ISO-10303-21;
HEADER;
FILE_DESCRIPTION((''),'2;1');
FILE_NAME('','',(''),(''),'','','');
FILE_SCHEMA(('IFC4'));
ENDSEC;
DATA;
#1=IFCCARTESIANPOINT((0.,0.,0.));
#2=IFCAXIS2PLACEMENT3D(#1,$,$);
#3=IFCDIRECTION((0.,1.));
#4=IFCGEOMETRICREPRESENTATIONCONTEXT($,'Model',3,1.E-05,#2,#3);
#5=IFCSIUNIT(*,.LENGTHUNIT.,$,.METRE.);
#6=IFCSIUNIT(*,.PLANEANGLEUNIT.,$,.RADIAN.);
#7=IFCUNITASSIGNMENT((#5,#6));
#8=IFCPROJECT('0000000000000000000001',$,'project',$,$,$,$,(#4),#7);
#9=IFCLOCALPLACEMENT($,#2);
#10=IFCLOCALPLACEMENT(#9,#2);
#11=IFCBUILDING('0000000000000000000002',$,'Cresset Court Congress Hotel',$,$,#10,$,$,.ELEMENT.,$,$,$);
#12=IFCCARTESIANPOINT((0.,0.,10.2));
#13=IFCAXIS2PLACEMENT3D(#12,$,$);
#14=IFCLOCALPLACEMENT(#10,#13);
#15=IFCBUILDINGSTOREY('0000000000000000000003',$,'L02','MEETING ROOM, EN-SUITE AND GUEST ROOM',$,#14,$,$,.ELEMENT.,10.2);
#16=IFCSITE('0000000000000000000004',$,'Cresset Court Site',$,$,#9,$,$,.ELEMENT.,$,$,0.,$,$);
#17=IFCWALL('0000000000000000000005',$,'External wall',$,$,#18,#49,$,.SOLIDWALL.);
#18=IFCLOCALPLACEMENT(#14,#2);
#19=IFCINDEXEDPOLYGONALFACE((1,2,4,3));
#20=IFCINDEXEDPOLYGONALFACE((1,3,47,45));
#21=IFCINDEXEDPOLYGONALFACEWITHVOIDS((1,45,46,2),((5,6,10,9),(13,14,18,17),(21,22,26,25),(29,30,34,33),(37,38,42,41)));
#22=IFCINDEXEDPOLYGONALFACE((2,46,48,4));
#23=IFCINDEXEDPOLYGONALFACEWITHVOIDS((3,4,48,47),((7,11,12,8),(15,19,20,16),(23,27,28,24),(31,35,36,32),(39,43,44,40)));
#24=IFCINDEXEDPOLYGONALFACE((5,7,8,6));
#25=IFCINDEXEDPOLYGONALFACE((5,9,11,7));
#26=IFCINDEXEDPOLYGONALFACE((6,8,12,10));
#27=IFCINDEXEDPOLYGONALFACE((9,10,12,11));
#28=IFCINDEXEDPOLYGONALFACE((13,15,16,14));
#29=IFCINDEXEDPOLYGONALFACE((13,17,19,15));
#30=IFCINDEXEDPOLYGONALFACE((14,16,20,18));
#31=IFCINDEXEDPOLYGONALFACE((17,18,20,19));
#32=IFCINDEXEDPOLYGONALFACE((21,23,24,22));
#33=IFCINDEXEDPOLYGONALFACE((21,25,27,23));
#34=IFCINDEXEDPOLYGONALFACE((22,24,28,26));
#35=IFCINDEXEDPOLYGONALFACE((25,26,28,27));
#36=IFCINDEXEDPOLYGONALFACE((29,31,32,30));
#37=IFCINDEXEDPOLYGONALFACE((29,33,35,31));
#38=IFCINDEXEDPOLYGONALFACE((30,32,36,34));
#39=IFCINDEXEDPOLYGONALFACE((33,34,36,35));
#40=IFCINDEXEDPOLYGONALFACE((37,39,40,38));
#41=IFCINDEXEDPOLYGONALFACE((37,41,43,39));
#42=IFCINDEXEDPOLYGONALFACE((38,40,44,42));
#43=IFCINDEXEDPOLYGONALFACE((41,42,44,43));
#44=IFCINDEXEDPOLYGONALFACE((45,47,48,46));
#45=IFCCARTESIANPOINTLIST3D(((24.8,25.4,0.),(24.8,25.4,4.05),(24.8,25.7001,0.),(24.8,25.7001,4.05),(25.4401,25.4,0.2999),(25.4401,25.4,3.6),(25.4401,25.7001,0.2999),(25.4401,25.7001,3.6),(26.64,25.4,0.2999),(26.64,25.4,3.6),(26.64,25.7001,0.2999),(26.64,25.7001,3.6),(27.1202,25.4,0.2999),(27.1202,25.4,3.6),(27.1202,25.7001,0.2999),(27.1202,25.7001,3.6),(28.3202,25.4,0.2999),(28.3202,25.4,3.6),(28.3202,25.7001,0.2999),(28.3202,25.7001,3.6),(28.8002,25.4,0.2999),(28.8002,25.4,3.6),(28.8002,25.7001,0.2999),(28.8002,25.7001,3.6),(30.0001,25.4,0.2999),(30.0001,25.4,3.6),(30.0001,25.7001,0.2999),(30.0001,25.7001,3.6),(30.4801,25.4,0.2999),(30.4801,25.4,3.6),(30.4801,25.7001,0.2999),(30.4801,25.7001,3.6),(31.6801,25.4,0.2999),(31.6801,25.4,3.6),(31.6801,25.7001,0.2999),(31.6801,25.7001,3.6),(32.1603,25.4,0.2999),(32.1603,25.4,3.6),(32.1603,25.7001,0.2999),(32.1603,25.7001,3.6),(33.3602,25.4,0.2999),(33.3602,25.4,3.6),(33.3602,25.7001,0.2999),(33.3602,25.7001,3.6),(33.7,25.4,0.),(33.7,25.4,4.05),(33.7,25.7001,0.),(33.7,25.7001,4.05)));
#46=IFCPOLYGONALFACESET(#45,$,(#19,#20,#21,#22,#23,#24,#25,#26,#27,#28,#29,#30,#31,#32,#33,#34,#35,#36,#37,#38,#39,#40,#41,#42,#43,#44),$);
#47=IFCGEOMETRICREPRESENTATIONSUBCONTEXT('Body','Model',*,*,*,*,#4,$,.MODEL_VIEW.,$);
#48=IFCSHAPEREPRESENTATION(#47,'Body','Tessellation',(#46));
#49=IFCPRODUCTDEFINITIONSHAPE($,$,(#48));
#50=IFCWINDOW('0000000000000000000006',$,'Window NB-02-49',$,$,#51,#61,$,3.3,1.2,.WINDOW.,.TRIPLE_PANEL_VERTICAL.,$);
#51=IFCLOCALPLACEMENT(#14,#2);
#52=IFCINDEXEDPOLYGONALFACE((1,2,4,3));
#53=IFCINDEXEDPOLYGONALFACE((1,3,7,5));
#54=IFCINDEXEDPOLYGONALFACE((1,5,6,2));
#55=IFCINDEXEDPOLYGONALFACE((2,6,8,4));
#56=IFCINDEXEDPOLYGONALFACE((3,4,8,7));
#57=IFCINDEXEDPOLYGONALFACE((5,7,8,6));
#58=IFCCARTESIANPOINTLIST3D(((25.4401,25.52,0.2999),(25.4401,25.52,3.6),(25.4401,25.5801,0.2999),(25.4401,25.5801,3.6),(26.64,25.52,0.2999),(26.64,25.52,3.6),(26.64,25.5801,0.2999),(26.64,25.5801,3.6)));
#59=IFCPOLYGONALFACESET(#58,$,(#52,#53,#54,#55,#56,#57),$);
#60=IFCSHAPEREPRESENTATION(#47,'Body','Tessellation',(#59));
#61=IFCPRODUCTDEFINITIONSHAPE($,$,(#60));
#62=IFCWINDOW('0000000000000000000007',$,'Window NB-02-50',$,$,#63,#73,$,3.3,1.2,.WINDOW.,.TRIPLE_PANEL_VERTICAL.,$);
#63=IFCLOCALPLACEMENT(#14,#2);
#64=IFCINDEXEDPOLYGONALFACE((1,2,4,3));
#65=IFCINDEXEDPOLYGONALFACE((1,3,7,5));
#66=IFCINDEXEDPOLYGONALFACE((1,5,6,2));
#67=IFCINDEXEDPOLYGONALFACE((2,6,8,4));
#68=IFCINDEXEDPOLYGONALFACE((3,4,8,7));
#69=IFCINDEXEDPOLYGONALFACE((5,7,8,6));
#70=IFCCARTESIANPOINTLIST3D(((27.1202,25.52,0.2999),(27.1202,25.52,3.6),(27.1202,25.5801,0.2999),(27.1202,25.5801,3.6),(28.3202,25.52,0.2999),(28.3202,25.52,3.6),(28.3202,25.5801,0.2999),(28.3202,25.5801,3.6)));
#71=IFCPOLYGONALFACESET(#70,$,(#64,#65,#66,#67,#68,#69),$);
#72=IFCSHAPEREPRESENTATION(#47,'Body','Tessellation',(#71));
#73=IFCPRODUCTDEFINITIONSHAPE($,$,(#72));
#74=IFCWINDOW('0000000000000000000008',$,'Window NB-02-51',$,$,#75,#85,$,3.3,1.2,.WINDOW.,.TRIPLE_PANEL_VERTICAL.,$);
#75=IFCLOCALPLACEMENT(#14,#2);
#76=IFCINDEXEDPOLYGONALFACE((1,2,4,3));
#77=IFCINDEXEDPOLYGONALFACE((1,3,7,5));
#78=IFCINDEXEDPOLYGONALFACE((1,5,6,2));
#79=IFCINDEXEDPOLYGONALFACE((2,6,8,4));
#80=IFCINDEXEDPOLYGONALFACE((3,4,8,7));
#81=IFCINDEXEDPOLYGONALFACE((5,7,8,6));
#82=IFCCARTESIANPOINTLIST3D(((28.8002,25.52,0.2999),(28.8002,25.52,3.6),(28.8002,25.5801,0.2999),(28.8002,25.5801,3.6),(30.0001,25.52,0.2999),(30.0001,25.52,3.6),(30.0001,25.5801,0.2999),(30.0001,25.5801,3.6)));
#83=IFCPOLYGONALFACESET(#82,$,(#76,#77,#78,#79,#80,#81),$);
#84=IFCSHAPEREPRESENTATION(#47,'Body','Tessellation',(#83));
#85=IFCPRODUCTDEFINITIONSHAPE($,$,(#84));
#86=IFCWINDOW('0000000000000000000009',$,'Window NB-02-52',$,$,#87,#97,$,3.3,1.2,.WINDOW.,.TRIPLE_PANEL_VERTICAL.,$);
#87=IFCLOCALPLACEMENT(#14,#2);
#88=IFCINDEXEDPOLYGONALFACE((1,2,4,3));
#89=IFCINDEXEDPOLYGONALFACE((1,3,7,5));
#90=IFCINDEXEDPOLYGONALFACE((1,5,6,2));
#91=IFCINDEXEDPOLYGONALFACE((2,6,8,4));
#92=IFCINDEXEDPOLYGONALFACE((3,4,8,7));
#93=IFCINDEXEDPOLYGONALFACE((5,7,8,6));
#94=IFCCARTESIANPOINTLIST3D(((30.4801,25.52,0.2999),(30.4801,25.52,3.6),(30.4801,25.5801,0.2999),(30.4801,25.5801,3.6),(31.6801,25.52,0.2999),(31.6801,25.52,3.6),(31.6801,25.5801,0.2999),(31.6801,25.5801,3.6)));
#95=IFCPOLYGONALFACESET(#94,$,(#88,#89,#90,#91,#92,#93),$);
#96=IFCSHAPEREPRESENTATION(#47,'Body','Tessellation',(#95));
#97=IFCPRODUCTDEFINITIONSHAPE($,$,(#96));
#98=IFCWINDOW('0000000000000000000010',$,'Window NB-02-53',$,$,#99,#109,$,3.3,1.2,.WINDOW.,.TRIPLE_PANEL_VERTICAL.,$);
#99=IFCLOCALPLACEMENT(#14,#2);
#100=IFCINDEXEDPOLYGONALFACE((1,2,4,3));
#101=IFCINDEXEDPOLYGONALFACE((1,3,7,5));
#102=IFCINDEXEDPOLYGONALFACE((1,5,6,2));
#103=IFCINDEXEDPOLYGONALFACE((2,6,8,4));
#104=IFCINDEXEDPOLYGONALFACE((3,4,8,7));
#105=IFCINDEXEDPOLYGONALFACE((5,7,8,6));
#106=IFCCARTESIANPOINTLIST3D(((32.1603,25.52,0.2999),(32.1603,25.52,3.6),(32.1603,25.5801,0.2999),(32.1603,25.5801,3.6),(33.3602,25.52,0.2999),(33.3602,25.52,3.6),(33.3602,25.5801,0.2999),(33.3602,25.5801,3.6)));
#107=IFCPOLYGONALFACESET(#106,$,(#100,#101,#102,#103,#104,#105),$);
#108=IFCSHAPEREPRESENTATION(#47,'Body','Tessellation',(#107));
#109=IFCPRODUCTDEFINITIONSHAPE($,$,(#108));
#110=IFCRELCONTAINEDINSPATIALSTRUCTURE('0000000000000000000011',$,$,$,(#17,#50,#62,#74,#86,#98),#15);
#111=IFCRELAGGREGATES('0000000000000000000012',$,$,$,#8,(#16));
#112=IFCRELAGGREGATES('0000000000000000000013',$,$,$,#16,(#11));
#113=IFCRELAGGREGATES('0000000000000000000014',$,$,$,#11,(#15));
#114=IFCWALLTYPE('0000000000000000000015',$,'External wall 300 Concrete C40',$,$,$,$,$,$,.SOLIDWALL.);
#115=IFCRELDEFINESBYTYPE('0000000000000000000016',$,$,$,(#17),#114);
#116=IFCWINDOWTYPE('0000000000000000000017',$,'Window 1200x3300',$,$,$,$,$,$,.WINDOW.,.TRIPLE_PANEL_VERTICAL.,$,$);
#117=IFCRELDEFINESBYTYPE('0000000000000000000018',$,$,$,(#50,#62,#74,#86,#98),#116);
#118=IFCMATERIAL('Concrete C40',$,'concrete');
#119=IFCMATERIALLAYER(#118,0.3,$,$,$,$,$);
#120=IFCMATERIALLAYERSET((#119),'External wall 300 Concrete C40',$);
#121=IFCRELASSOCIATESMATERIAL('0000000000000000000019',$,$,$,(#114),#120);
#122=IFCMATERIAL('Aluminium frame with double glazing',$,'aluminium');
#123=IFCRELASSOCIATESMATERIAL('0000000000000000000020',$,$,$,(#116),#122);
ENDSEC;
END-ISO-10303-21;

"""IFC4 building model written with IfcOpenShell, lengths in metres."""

from ifc_helpers import new_model, si_unit, direction, frame, frame_2d, origin, place, context, subcontext, project, spatial, rectangle, extrude, material, layer, layer_set, type_object, element, fill, save


model = new_model("IFC4")

# Units and contexts
model_context = context("Model", 3, precision=1e-05, world=origin(), true_north=direction((0.0, 1.0)))
body_context = subcontext(model_context, "Body", "Model", "MODEL_VIEW")
ifc_project = project(units=[si_unit("LENGTHUNIT", "METRE"), si_unit("PLANEANGLEUNIT", "RADIAN")], contexts=[model_context])

# Site, building, storey
site_placement = place(None, origin())
site = spatial("IfcSite", under=ifc_project, at=site_placement, Name="Cresset Court Site", CompositionType="ELEMENT", RefElevation=0.0)
building_placement = place(site_placement, origin())
building = spatial("IfcBuilding", under=site, at=building_placement, Name="Cresset Court Congress Hotel", CompositionType="ELEMENT")
storey_placement = place(building_placement, frame((0.0, 0.0, 10.2)))
storey = spatial("IfcBuildingStorey", under=building, at=storey_placement, Name="L02", Description="MEETING ROOM, EN-SUITE AND GUEST ROOM", CompositionType="ELEMENT", Elevation=10.2)

# Wall, openings, windows
ifc_material_1 = material(Name="Concrete C40", Category="concrete")
ifc_layer_1 = layer(ifc_material_1, 0.3)
ifc_layer_set_1 = layer_set([ifc_layer_1], Name="External wall 300 Concrete C40")
wall_type = type_object("IfcWallType", Name="External wall 300 Concrete C40", PredefinedType="SOLIDWALL", material=ifc_layer_set_1)
wall_placement = place(storey_placement, frame((24.8, 25.55, 0.0), z_axis=(0.0, 0.0, 1.0), x_axis=(1.0, 0.0, 0.0)))
wall = element("IfcWall", 1, at=wall_placement, inside=storey, type_object=wall_type, Name="External wall", PredefinedType="SOLIDWALL", context=body_context, shape_type="SweptSolid", body=[
    extrude(rectangle(XDim=8.8999, YDim=0.3, at=frame_2d((4.45, 0.0))), origin(), (0.0, 0.0, 1.0), 4.05),
])
opening_1_placement = place(wall_placement, frame((0.6399, 0.0, 0.3)))
opening_1 = element("IfcOpeningElement", 2, at=opening_1_placement, cuts=wall, PredefinedType="OPENING", context=body_context, shape_type="SweptSolid", body=[
    extrude(rectangle(XDim=1.2, YDim=3.3, at=frame_2d((0.6001, 1.6499))), frame((0.0, 0.1599, 0.0), z_axis=(0.0, -1.0, 0.0), x_axis=(1.0, 0.0, 0.0)), (0.0, 0.0, 1.0), 0.3201),
])
opening_2_placement = place(wall_placement, frame((2.3201, 0.0, 0.3)))
opening_2 = element("IfcOpeningElement", 3, at=opening_2_placement, cuts=wall, PredefinedType="OPENING", context=body_context, shape_type="SweptSolid", body=[
    extrude(rectangle(XDim=1.2, YDim=3.3, at=frame_2d((0.6001, 1.6499))), frame((0.0, 0.1599, 0.0), z_axis=(0.0, -1.0, 0.0), x_axis=(1.0, 0.0, 0.0)), (0.0, 0.0, 1.0), 0.3201),
])
opening_3_placement = place(wall_placement, frame((4.0, 0.0, 0.3)))
opening_3 = element("IfcOpeningElement", 4, at=opening_3_placement, cuts=wall, PredefinedType="OPENING", context=body_context, shape_type="SweptSolid", body=[
    extrude(rectangle(XDim=1.2, YDim=3.3, at=frame_2d((0.6001, 1.6499))), frame((0.0, 0.1599, 0.0), z_axis=(0.0, -1.0, 0.0), x_axis=(1.0, 0.0, 0.0)), (0.0, 0.0, 1.0), 0.3201),
])
opening_4_placement = place(wall_placement, frame((5.6799, 0.0, 0.3)))
opening_4 = element("IfcOpeningElement", 5, at=opening_4_placement, cuts=wall, PredefinedType="OPENING", context=body_context, shape_type="SweptSolid", body=[
    extrude(rectangle(XDim=1.2, YDim=3.3, at=frame_2d((0.6001, 1.6499))), frame((0.0, 0.1599, 0.0), z_axis=(0.0, -1.0, 0.0), x_axis=(1.0, 0.0, 0.0)), (0.0, 0.0, 1.0), 0.3201),
])
opening_5_placement = place(wall_placement, frame((7.3601, 0.0, 0.3)))
opening_5 = element("IfcOpeningElement", 6, at=opening_5_placement, cuts=wall, PredefinedType="OPENING", context=body_context, shape_type="SweptSolid", body=[
    extrude(rectangle(XDim=1.2, YDim=3.3, at=frame_2d((0.6001, 1.6499))), frame((0.0, 0.1599, 0.0), z_axis=(0.0, -1.0, 0.0), x_axis=(1.0, 0.0, 0.0)), (0.0, 0.0, 1.0), 0.3201),
])
ifc_material_2 = material(Name="Aluminium frame with double glazing", Category="aluminium")
window_type = type_object("IfcWindowType", Name="Window 1200x3300", PartitioningType="TRIPLE_PANEL_VERTICAL", PredefinedType="WINDOW", material=ifc_material_2)
window_1_placement = place(opening_1_placement, origin())
window_1 = element("IfcWindow", 7, at=window_1_placement, inside=storey, type_object=window_type, Name="Window NB-02-49", OverallHeight=3.3, OverallWidth=1.2, PartitioningType="TRIPLE_PANEL_VERTICAL", PredefinedType="WINDOW", context=body_context, shape_type="SweptSolid", body=[
    extrude(rectangle(XDim=1.2, YDim=3.3, at=frame_2d((0.6001, 1.6499))), frame((0.0, 0.03, 0.0), z_axis=(0.0, -1.0, 0.0), x_axis=(1.0, 0.0, 0.0)), (0.0, 0.0, 1.0), 0.0601),
])
fill(opening_1, window_1)
window_2_placement = place(opening_2_placement, origin())
window_2 = element("IfcWindow", 8, at=window_2_placement, inside=storey, type_object=window_type, Name="Window NB-02-50", OverallHeight=3.3, OverallWidth=1.2, PartitioningType="TRIPLE_PANEL_VERTICAL", PredefinedType="WINDOW", context=body_context, shape_type="SweptSolid", body=[
    extrude(rectangle(XDim=1.2, YDim=3.3, at=frame_2d((0.6001, 1.6499))), frame((0.0, 0.03, 0.0), z_axis=(0.0, -1.0, 0.0), x_axis=(1.0, 0.0, 0.0)), (0.0, 0.0, 1.0), 0.0601),
])
fill(opening_2, window_2)
window_3_placement = place(opening_3_placement, origin())
window_3 = element("IfcWindow", 9, at=window_3_placement, inside=storey, type_object=window_type, Name="Window NB-02-51", OverallHeight=3.3, OverallWidth=1.2, PartitioningType="TRIPLE_PANEL_VERTICAL", PredefinedType="WINDOW", context=body_context, shape_type="SweptSolid", body=[
    extrude(rectangle(XDim=1.2, YDim=3.3, at=frame_2d((0.6001, 1.6499))), frame((0.0, 0.03, 0.0), z_axis=(0.0, -1.0, 0.0), x_axis=(1.0, 0.0, 0.0)), (0.0, 0.0, 1.0), 0.0601),
])
fill(opening_3, window_3)
window_4_placement = place(opening_4_placement, origin())
window_4 = element("IfcWindow", 10, at=window_4_placement, inside=storey, type_object=window_type, Name="Window NB-02-52", OverallHeight=3.3, OverallWidth=1.2, PartitioningType="TRIPLE_PANEL_VERTICAL", PredefinedType="WINDOW", context=body_context, shape_type="SweptSolid", body=[
    extrude(rectangle(XDim=1.2, YDim=3.3, at=frame_2d((0.6001, 1.6499))), frame((0.0, 0.03, 0.0), z_axis=(0.0, -1.0, 0.0), x_axis=(1.0, 0.0, 0.0)), (0.0, 0.0, 1.0), 0.0601),
])
fill(opening_4, window_4)
window_5_placement = place(opening_5_placement, origin())
window_5 = element("IfcWindow", 11, at=window_5_placement, inside=storey, type_object=window_type, Name="Window NB-02-53", OverallHeight=3.3, OverallWidth=1.2, PartitioningType="TRIPLE_PANEL_VERTICAL", PredefinedType="WINDOW", context=body_context, shape_type="SweptSolid", body=[
    extrude(rectangle(XDim=1.2, YDim=3.3, at=frame_2d((0.6001, 1.6499))), frame((0.0, 0.03, 0.0), z_axis=(0.0, -1.0, 0.0), x_axis=(1.0, 0.0, 0.0)), (0.0, 0.0, 1.0), 0.0601),
])
fill(opening_5, window_5)

save(model, "model.ifc")
